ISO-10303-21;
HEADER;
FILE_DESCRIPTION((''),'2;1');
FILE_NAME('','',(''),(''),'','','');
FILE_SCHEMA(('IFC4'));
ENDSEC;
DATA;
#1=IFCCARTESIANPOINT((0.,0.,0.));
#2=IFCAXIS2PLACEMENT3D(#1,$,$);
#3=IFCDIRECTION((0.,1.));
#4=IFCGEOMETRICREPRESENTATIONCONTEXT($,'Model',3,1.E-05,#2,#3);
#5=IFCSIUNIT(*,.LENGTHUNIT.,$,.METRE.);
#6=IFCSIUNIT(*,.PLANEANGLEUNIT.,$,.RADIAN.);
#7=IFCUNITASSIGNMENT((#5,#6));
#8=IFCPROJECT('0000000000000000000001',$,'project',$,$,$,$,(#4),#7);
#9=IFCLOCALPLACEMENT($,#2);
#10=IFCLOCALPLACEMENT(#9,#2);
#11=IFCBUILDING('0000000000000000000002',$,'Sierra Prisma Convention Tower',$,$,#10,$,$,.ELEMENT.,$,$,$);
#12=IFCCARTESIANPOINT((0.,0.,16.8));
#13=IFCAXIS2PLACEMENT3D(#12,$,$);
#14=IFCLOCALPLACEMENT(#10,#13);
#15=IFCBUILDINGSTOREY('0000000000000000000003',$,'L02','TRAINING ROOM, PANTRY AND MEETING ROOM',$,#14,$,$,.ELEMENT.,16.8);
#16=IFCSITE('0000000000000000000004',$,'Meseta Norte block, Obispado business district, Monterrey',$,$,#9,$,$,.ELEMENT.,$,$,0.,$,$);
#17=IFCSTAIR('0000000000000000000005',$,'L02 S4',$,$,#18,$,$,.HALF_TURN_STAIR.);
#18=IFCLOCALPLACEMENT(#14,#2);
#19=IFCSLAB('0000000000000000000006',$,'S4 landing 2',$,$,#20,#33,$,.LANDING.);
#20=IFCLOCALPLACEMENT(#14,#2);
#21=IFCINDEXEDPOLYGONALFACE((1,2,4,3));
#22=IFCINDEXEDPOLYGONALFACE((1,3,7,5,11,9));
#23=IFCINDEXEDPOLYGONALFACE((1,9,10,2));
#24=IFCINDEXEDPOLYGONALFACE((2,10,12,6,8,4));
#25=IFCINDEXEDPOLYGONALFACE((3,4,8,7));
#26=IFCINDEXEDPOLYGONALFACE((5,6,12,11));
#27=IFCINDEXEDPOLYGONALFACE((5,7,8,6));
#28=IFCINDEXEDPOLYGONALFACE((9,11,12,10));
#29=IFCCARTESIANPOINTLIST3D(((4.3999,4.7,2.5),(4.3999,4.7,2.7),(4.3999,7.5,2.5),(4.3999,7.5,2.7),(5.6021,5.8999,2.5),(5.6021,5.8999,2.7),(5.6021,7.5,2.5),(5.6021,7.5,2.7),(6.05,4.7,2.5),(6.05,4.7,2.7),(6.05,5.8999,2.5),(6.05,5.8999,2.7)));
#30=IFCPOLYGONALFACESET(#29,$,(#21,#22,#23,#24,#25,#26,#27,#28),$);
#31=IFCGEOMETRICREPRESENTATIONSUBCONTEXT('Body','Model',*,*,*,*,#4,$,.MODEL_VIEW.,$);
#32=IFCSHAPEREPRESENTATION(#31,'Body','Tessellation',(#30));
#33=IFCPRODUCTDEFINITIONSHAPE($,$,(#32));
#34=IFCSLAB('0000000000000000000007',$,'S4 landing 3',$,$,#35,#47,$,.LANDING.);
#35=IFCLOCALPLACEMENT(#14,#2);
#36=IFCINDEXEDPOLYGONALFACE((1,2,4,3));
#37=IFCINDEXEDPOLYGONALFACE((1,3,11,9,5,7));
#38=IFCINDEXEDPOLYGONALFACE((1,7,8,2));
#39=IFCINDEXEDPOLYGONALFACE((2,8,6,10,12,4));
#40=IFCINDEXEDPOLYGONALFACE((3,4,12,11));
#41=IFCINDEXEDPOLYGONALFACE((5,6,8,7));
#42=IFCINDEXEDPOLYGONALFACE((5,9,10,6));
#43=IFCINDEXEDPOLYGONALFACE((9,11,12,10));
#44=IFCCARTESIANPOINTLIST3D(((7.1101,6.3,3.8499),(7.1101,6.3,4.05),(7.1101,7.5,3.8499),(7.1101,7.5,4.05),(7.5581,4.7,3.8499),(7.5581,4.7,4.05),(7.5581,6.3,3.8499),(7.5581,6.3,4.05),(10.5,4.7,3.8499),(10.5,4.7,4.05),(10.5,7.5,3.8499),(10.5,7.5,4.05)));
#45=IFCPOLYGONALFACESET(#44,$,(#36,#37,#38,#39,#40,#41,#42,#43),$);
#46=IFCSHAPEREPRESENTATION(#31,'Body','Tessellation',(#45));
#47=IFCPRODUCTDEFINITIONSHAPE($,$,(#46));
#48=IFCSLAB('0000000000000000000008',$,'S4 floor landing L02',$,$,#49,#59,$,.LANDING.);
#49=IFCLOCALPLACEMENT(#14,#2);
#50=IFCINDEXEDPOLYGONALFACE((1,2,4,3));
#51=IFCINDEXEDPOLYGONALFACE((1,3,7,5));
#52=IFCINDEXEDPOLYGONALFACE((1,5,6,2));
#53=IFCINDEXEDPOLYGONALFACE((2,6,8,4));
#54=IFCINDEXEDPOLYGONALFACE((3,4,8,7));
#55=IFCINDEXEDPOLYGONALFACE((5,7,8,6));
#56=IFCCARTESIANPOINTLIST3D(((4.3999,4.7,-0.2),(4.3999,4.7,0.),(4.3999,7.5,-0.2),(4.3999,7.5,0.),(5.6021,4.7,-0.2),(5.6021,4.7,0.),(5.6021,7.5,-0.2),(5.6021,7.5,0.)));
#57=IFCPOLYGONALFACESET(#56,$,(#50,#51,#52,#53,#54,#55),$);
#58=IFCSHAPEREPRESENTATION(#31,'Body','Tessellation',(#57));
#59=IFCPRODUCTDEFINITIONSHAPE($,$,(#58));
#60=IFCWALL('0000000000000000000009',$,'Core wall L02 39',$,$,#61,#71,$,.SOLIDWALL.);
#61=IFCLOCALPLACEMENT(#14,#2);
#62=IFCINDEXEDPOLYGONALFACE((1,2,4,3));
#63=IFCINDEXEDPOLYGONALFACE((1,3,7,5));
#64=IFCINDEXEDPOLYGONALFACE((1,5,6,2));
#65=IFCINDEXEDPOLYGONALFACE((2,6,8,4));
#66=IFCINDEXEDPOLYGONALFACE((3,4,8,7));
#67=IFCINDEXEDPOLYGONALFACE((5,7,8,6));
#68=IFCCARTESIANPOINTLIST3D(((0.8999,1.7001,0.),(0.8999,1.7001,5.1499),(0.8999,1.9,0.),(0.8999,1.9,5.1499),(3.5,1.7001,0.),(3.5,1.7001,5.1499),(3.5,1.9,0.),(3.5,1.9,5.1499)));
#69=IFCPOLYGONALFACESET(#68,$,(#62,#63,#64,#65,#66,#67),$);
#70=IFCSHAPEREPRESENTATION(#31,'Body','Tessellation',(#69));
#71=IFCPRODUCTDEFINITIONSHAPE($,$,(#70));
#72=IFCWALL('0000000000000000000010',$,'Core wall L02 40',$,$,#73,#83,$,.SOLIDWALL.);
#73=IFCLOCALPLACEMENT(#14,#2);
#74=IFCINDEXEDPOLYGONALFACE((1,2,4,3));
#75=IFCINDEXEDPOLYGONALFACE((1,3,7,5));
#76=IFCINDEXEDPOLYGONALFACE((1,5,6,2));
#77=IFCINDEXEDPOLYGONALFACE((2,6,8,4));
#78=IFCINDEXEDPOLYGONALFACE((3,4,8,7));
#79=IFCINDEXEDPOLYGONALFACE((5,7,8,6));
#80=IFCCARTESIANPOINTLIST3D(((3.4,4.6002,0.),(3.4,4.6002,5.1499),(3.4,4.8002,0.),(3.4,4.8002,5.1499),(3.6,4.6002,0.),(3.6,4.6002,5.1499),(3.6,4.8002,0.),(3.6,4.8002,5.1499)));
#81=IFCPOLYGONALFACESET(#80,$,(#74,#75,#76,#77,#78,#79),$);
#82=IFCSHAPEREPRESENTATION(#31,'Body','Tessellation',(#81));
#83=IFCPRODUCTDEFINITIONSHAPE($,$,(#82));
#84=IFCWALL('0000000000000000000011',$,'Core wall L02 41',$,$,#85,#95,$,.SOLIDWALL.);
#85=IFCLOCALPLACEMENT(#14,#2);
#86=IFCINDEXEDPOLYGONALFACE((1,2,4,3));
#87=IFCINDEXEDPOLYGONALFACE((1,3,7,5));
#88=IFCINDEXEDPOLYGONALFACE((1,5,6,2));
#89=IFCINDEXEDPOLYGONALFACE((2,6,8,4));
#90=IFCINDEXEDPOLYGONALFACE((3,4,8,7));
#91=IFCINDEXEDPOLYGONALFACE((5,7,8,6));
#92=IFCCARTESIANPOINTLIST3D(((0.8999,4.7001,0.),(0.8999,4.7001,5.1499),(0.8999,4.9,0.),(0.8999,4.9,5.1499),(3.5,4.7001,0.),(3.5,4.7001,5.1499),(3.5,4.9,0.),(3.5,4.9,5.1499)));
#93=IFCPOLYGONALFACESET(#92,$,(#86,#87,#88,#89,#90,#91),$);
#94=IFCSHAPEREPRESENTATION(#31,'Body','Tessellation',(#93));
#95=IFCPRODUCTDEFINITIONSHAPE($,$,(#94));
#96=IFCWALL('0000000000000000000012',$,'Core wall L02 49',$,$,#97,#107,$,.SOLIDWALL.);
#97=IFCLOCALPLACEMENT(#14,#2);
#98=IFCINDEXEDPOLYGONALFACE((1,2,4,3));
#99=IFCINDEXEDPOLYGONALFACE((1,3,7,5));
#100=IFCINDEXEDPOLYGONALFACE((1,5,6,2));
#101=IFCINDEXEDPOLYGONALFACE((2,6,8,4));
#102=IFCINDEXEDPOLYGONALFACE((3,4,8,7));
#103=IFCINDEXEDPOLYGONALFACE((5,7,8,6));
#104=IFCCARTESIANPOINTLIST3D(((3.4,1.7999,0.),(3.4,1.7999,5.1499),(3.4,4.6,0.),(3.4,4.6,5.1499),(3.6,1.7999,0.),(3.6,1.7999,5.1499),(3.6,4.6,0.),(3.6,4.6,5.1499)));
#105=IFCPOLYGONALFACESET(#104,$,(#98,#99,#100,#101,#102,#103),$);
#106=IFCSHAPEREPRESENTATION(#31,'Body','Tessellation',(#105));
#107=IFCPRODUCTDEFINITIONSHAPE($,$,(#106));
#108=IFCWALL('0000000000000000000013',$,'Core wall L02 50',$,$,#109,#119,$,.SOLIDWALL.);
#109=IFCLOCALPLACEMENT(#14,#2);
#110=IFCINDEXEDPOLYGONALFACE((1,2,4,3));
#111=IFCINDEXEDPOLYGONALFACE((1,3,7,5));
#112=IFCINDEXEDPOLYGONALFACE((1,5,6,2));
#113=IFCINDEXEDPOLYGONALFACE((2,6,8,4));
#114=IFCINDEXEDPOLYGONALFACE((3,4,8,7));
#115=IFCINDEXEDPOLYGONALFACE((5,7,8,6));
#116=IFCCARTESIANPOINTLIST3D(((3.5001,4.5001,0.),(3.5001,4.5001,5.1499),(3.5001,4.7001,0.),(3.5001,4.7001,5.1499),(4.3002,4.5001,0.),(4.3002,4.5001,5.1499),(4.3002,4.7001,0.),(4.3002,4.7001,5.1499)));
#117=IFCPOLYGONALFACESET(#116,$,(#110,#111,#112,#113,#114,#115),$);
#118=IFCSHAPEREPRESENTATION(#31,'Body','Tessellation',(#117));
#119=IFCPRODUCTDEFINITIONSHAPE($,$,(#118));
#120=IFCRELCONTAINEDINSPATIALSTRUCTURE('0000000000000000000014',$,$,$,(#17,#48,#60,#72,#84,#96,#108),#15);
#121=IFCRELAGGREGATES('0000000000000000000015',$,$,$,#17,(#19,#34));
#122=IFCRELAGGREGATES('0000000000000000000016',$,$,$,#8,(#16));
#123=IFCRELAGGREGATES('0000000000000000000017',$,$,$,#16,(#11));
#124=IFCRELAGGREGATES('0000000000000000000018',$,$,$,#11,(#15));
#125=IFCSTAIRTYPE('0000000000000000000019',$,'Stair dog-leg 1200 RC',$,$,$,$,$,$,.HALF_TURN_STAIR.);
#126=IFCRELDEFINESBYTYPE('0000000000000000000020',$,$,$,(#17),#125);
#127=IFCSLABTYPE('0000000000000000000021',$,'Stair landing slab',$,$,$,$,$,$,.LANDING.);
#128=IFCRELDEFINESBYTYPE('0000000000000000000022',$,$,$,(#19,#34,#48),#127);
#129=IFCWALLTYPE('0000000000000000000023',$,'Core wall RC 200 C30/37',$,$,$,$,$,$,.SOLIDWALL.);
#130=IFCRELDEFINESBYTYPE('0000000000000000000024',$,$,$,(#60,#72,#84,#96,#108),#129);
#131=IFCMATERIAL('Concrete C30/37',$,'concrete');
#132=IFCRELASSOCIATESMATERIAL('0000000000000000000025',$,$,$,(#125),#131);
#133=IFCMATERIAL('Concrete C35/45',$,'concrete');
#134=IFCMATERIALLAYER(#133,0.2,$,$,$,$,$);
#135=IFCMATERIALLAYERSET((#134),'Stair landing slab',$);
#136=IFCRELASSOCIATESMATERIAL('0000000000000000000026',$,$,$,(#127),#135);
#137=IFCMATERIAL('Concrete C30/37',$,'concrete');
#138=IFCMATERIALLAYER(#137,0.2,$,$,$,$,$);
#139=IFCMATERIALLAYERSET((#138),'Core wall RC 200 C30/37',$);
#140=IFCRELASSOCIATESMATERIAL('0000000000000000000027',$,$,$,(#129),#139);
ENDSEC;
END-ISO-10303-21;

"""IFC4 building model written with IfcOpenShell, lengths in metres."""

from ifc_helpers import new_model, si_unit, direction, frame, frame_2d, origin, place, context, subcontext, project, spatial, polyline, rectangle, outline, extrude, material, layer, layer_set, type_object, element, aggregate, save


model = new_model("IFC4")

# Units and contexts
model_context = context("Model", 3, precision=1e-05, world=origin(), true_north=direction((0.0, 1.0)))
body_context = subcontext(model_context, "Body", "Model", "MODEL_VIEW")
ifc_project = project(units=[si_unit("LENGTHUNIT", "METRE"), si_unit("PLANEANGLEUNIT", "RADIAN")], contexts=[model_context])

# Site, building, storey
site_placement = place(None, origin())
site = spatial("IfcSite", under=ifc_project, at=site_placement, Name="Meseta Norte block, Obispado business district, Monterrey", CompositionType="ELEMENT", RefElevation=0.0)
building_placement = place(site_placement, origin())
building = spatial("IfcBuilding", under=site, at=building_placement, Name="Sierra Prisma Convention Tower", CompositionType="ELEMENT")
storey_placement = place(building_placement, frame((0.0, 0.0, 16.8)))
storey = spatial("IfcBuildingStorey", under=building, at=storey_placement, Name="L02", Description="TRAINING ROOM, PANTRY AND MEETING ROOM", CompositionType="ELEMENT", Elevation=16.8)

# Shared definitions
ifc_material_1 = material(Name="Concrete C30/37", Category="concrete")
stair_type = type_object("IfcStairType", Name="Stair dog-leg 1200 RC", PredefinedType="HALF_TURN_STAIR", material=ifc_material_1)
ifc_material_2 = material(Name="Concrete C35/45", Category="concrete")
ifc_layer_1 = layer(ifc_material_2, 0.2)
ifc_layer_set_1 = layer_set([ifc_layer_1], Name="Stair landing slab")
slab_type = type_object("IfcSlabType", Name="Stair landing slab", PredefinedType="LANDING", material=ifc_layer_set_1)

# Stair, slabs
stair_1_placement = place(storey_placement, origin())
stair_1 = element("IfcStair", 1, at=stair_1_placement, inside=storey, type_object=stair_type, Name="L02 S4", PredefinedType="HALF_TURN_STAIR")
slab_1_placement = place(storey_placement, frame((0.0, 0.0, 2.5)))
slab_1 = element("IfcSlab", 2, at=slab_1_placement, type_object=slab_type, Name="S4 landing 2", PredefinedType="LANDING", context=body_context, shape_type="SweptSolid", body=[
    extrude(outline(polyline([(4.3999, 4.7), (4.3999, 7.5), (5.6021, 7.5), (5.6021, 5.8999), (6.05, 5.8999), (6.05, 4.7), (4.3999, 4.7)])), origin(), (0.0, 0.0, 1.0), 0.2),
])
slab_2_placement = place(storey_placement, frame((0.0, 0.0, 3.8499)))
slab_2 = element("IfcSlab", 3, at=slab_2_placement, type_object=slab_type, Name="S4 landing 3", PredefinedType="LANDING", context=body_context, shape_type="SweptSolid", body=[
    extrude(outline(polyline([(10.5, 7.5), (10.5, 4.7), (7.5581, 4.7), (7.5581, 6.3), (7.1101, 6.3), (7.1101, 7.5), (10.5, 7.5)])), origin(), (0.0, 0.0, 1.0), 0.2002),
])
aggregate(stair_1, [slab_1, slab_2])

# Slab
slab_3_placement = place(storey_placement, frame((0.0, 0.0, -0.2)))
element("IfcSlab", 4, at=slab_3_placement, inside=storey, type_object=slab_type, Name="S4 floor landing L02", PredefinedType="LANDING", context=body_context, shape_type="SweptSolid", body=[
    extrude(outline(polyline([(4.3999, 4.7), (5.6021, 4.7), (5.6021, 7.5), (4.3999, 7.5), (4.3999, 4.7)])), origin(), (0.0, 0.0, 1.0), 0.2),
])

# Shared definitions
ifc_material_3 = material(Name="Concrete C30/37", Category="concrete")
ifc_layer_2 = layer(ifc_material_3, 0.2)
ifc_layer_set_2 = layer_set([ifc_layer_2], Name="Core wall RC 200 C30/37")
wall_type = type_object("IfcWallType", Name="Core wall RC 200 C30/37", PredefinedType="SOLIDWALL", material=ifc_layer_set_2)

# Walls
wall_1_placement = place(storey_placement, frame((3.5, 1.8, 0.0), z_axis=(0.0, 0.0, 1.0), x_axis=(-1.0, 0.0, 0.0)))
element("IfcWall", 5, at=wall_1_placement, inside=storey, type_object=wall_type, Name="Core wall L02 39", PredefinedType="SOLIDWALL", context=body_context, shape_type="SweptSolid", body=[
    extrude(rectangle(XDim=2.6001, YDim=0.2, at=frame_2d((1.3, 0.0))), origin(), (0.0, 0.0, 1.0), 5.1499),
])
wall_2_placement = place(storey_placement, frame((3.5, 4.6001, 0.0), z_axis=(0.0, 0.0, 1.0), x_axis=(0.0, 1.0, 0.0)))
element("IfcWall", 6, at=wall_2_placement, inside=storey, type_object=wall_type, Name="Core wall L02 40", PredefinedType="SOLIDWALL", context=body_context, shape_type="SweptSolid", body=[
    extrude(rectangle(XDim=0.2, YDim=0.2, at=frame_2d((0.1001, 0.0))), origin(), (0.0, 0.0, 1.0), 5.1499),
])
wall_3_placement = place(storey_placement, frame((3.5, 4.8, 0.0), z_axis=(0.0, 0.0, 1.0), x_axis=(-1.0, 0.0, 0.0)))
element("IfcWall", 7, at=wall_3_placement, inside=storey, type_object=wall_type, Name="Core wall L02 41", PredefinedType="SOLIDWALL", context=body_context, shape_type="SweptSolid", body=[
    extrude(rectangle(XDim=2.6001, YDim=0.2, at=frame_2d((1.3, 0.0))), origin(), (0.0, 0.0, 1.0), 5.1499),
])

# Walls
wall_4_placement = place(storey_placement, frame((3.5, 1.8, 0.0), z_axis=(0.0, 0.0, 1.0), x_axis=(0.0, 1.0, 0.0)))
element("IfcWall", 8, at=wall_4_placement, inside=storey, type_object=wall_type, Name="Core wall L02 49", PredefinedType="SOLIDWALL", context=body_context, shape_type="SweptSolid", body=[
    extrude(rectangle(XDim=2.8, YDim=0.2, at=frame_2d((1.3999, 0.0))), origin(), (0.0, 0.0, 1.0), 5.1499),
])
wall_5_placement = place(storey_placement, frame((4.3, 4.6001, 0.0), z_axis=(0.0, 0.0, 1.0), x_axis=(-1.0, 0.0, 0.0)))
element("IfcWall", 9, at=wall_5_placement, inside=storey, type_object=wall_type, Name="Core wall L02 50", PredefinedType="SOLIDWALL", context=body_context, shape_type="SweptSolid", body=[
    extrude(rectangle(XDim=0.8, YDim=0.2, at=frame_2d((0.3999, 0.0))), origin(), (0.0, 0.0, 1.0), 5.1499),
])

save(model, "model.ifc")
